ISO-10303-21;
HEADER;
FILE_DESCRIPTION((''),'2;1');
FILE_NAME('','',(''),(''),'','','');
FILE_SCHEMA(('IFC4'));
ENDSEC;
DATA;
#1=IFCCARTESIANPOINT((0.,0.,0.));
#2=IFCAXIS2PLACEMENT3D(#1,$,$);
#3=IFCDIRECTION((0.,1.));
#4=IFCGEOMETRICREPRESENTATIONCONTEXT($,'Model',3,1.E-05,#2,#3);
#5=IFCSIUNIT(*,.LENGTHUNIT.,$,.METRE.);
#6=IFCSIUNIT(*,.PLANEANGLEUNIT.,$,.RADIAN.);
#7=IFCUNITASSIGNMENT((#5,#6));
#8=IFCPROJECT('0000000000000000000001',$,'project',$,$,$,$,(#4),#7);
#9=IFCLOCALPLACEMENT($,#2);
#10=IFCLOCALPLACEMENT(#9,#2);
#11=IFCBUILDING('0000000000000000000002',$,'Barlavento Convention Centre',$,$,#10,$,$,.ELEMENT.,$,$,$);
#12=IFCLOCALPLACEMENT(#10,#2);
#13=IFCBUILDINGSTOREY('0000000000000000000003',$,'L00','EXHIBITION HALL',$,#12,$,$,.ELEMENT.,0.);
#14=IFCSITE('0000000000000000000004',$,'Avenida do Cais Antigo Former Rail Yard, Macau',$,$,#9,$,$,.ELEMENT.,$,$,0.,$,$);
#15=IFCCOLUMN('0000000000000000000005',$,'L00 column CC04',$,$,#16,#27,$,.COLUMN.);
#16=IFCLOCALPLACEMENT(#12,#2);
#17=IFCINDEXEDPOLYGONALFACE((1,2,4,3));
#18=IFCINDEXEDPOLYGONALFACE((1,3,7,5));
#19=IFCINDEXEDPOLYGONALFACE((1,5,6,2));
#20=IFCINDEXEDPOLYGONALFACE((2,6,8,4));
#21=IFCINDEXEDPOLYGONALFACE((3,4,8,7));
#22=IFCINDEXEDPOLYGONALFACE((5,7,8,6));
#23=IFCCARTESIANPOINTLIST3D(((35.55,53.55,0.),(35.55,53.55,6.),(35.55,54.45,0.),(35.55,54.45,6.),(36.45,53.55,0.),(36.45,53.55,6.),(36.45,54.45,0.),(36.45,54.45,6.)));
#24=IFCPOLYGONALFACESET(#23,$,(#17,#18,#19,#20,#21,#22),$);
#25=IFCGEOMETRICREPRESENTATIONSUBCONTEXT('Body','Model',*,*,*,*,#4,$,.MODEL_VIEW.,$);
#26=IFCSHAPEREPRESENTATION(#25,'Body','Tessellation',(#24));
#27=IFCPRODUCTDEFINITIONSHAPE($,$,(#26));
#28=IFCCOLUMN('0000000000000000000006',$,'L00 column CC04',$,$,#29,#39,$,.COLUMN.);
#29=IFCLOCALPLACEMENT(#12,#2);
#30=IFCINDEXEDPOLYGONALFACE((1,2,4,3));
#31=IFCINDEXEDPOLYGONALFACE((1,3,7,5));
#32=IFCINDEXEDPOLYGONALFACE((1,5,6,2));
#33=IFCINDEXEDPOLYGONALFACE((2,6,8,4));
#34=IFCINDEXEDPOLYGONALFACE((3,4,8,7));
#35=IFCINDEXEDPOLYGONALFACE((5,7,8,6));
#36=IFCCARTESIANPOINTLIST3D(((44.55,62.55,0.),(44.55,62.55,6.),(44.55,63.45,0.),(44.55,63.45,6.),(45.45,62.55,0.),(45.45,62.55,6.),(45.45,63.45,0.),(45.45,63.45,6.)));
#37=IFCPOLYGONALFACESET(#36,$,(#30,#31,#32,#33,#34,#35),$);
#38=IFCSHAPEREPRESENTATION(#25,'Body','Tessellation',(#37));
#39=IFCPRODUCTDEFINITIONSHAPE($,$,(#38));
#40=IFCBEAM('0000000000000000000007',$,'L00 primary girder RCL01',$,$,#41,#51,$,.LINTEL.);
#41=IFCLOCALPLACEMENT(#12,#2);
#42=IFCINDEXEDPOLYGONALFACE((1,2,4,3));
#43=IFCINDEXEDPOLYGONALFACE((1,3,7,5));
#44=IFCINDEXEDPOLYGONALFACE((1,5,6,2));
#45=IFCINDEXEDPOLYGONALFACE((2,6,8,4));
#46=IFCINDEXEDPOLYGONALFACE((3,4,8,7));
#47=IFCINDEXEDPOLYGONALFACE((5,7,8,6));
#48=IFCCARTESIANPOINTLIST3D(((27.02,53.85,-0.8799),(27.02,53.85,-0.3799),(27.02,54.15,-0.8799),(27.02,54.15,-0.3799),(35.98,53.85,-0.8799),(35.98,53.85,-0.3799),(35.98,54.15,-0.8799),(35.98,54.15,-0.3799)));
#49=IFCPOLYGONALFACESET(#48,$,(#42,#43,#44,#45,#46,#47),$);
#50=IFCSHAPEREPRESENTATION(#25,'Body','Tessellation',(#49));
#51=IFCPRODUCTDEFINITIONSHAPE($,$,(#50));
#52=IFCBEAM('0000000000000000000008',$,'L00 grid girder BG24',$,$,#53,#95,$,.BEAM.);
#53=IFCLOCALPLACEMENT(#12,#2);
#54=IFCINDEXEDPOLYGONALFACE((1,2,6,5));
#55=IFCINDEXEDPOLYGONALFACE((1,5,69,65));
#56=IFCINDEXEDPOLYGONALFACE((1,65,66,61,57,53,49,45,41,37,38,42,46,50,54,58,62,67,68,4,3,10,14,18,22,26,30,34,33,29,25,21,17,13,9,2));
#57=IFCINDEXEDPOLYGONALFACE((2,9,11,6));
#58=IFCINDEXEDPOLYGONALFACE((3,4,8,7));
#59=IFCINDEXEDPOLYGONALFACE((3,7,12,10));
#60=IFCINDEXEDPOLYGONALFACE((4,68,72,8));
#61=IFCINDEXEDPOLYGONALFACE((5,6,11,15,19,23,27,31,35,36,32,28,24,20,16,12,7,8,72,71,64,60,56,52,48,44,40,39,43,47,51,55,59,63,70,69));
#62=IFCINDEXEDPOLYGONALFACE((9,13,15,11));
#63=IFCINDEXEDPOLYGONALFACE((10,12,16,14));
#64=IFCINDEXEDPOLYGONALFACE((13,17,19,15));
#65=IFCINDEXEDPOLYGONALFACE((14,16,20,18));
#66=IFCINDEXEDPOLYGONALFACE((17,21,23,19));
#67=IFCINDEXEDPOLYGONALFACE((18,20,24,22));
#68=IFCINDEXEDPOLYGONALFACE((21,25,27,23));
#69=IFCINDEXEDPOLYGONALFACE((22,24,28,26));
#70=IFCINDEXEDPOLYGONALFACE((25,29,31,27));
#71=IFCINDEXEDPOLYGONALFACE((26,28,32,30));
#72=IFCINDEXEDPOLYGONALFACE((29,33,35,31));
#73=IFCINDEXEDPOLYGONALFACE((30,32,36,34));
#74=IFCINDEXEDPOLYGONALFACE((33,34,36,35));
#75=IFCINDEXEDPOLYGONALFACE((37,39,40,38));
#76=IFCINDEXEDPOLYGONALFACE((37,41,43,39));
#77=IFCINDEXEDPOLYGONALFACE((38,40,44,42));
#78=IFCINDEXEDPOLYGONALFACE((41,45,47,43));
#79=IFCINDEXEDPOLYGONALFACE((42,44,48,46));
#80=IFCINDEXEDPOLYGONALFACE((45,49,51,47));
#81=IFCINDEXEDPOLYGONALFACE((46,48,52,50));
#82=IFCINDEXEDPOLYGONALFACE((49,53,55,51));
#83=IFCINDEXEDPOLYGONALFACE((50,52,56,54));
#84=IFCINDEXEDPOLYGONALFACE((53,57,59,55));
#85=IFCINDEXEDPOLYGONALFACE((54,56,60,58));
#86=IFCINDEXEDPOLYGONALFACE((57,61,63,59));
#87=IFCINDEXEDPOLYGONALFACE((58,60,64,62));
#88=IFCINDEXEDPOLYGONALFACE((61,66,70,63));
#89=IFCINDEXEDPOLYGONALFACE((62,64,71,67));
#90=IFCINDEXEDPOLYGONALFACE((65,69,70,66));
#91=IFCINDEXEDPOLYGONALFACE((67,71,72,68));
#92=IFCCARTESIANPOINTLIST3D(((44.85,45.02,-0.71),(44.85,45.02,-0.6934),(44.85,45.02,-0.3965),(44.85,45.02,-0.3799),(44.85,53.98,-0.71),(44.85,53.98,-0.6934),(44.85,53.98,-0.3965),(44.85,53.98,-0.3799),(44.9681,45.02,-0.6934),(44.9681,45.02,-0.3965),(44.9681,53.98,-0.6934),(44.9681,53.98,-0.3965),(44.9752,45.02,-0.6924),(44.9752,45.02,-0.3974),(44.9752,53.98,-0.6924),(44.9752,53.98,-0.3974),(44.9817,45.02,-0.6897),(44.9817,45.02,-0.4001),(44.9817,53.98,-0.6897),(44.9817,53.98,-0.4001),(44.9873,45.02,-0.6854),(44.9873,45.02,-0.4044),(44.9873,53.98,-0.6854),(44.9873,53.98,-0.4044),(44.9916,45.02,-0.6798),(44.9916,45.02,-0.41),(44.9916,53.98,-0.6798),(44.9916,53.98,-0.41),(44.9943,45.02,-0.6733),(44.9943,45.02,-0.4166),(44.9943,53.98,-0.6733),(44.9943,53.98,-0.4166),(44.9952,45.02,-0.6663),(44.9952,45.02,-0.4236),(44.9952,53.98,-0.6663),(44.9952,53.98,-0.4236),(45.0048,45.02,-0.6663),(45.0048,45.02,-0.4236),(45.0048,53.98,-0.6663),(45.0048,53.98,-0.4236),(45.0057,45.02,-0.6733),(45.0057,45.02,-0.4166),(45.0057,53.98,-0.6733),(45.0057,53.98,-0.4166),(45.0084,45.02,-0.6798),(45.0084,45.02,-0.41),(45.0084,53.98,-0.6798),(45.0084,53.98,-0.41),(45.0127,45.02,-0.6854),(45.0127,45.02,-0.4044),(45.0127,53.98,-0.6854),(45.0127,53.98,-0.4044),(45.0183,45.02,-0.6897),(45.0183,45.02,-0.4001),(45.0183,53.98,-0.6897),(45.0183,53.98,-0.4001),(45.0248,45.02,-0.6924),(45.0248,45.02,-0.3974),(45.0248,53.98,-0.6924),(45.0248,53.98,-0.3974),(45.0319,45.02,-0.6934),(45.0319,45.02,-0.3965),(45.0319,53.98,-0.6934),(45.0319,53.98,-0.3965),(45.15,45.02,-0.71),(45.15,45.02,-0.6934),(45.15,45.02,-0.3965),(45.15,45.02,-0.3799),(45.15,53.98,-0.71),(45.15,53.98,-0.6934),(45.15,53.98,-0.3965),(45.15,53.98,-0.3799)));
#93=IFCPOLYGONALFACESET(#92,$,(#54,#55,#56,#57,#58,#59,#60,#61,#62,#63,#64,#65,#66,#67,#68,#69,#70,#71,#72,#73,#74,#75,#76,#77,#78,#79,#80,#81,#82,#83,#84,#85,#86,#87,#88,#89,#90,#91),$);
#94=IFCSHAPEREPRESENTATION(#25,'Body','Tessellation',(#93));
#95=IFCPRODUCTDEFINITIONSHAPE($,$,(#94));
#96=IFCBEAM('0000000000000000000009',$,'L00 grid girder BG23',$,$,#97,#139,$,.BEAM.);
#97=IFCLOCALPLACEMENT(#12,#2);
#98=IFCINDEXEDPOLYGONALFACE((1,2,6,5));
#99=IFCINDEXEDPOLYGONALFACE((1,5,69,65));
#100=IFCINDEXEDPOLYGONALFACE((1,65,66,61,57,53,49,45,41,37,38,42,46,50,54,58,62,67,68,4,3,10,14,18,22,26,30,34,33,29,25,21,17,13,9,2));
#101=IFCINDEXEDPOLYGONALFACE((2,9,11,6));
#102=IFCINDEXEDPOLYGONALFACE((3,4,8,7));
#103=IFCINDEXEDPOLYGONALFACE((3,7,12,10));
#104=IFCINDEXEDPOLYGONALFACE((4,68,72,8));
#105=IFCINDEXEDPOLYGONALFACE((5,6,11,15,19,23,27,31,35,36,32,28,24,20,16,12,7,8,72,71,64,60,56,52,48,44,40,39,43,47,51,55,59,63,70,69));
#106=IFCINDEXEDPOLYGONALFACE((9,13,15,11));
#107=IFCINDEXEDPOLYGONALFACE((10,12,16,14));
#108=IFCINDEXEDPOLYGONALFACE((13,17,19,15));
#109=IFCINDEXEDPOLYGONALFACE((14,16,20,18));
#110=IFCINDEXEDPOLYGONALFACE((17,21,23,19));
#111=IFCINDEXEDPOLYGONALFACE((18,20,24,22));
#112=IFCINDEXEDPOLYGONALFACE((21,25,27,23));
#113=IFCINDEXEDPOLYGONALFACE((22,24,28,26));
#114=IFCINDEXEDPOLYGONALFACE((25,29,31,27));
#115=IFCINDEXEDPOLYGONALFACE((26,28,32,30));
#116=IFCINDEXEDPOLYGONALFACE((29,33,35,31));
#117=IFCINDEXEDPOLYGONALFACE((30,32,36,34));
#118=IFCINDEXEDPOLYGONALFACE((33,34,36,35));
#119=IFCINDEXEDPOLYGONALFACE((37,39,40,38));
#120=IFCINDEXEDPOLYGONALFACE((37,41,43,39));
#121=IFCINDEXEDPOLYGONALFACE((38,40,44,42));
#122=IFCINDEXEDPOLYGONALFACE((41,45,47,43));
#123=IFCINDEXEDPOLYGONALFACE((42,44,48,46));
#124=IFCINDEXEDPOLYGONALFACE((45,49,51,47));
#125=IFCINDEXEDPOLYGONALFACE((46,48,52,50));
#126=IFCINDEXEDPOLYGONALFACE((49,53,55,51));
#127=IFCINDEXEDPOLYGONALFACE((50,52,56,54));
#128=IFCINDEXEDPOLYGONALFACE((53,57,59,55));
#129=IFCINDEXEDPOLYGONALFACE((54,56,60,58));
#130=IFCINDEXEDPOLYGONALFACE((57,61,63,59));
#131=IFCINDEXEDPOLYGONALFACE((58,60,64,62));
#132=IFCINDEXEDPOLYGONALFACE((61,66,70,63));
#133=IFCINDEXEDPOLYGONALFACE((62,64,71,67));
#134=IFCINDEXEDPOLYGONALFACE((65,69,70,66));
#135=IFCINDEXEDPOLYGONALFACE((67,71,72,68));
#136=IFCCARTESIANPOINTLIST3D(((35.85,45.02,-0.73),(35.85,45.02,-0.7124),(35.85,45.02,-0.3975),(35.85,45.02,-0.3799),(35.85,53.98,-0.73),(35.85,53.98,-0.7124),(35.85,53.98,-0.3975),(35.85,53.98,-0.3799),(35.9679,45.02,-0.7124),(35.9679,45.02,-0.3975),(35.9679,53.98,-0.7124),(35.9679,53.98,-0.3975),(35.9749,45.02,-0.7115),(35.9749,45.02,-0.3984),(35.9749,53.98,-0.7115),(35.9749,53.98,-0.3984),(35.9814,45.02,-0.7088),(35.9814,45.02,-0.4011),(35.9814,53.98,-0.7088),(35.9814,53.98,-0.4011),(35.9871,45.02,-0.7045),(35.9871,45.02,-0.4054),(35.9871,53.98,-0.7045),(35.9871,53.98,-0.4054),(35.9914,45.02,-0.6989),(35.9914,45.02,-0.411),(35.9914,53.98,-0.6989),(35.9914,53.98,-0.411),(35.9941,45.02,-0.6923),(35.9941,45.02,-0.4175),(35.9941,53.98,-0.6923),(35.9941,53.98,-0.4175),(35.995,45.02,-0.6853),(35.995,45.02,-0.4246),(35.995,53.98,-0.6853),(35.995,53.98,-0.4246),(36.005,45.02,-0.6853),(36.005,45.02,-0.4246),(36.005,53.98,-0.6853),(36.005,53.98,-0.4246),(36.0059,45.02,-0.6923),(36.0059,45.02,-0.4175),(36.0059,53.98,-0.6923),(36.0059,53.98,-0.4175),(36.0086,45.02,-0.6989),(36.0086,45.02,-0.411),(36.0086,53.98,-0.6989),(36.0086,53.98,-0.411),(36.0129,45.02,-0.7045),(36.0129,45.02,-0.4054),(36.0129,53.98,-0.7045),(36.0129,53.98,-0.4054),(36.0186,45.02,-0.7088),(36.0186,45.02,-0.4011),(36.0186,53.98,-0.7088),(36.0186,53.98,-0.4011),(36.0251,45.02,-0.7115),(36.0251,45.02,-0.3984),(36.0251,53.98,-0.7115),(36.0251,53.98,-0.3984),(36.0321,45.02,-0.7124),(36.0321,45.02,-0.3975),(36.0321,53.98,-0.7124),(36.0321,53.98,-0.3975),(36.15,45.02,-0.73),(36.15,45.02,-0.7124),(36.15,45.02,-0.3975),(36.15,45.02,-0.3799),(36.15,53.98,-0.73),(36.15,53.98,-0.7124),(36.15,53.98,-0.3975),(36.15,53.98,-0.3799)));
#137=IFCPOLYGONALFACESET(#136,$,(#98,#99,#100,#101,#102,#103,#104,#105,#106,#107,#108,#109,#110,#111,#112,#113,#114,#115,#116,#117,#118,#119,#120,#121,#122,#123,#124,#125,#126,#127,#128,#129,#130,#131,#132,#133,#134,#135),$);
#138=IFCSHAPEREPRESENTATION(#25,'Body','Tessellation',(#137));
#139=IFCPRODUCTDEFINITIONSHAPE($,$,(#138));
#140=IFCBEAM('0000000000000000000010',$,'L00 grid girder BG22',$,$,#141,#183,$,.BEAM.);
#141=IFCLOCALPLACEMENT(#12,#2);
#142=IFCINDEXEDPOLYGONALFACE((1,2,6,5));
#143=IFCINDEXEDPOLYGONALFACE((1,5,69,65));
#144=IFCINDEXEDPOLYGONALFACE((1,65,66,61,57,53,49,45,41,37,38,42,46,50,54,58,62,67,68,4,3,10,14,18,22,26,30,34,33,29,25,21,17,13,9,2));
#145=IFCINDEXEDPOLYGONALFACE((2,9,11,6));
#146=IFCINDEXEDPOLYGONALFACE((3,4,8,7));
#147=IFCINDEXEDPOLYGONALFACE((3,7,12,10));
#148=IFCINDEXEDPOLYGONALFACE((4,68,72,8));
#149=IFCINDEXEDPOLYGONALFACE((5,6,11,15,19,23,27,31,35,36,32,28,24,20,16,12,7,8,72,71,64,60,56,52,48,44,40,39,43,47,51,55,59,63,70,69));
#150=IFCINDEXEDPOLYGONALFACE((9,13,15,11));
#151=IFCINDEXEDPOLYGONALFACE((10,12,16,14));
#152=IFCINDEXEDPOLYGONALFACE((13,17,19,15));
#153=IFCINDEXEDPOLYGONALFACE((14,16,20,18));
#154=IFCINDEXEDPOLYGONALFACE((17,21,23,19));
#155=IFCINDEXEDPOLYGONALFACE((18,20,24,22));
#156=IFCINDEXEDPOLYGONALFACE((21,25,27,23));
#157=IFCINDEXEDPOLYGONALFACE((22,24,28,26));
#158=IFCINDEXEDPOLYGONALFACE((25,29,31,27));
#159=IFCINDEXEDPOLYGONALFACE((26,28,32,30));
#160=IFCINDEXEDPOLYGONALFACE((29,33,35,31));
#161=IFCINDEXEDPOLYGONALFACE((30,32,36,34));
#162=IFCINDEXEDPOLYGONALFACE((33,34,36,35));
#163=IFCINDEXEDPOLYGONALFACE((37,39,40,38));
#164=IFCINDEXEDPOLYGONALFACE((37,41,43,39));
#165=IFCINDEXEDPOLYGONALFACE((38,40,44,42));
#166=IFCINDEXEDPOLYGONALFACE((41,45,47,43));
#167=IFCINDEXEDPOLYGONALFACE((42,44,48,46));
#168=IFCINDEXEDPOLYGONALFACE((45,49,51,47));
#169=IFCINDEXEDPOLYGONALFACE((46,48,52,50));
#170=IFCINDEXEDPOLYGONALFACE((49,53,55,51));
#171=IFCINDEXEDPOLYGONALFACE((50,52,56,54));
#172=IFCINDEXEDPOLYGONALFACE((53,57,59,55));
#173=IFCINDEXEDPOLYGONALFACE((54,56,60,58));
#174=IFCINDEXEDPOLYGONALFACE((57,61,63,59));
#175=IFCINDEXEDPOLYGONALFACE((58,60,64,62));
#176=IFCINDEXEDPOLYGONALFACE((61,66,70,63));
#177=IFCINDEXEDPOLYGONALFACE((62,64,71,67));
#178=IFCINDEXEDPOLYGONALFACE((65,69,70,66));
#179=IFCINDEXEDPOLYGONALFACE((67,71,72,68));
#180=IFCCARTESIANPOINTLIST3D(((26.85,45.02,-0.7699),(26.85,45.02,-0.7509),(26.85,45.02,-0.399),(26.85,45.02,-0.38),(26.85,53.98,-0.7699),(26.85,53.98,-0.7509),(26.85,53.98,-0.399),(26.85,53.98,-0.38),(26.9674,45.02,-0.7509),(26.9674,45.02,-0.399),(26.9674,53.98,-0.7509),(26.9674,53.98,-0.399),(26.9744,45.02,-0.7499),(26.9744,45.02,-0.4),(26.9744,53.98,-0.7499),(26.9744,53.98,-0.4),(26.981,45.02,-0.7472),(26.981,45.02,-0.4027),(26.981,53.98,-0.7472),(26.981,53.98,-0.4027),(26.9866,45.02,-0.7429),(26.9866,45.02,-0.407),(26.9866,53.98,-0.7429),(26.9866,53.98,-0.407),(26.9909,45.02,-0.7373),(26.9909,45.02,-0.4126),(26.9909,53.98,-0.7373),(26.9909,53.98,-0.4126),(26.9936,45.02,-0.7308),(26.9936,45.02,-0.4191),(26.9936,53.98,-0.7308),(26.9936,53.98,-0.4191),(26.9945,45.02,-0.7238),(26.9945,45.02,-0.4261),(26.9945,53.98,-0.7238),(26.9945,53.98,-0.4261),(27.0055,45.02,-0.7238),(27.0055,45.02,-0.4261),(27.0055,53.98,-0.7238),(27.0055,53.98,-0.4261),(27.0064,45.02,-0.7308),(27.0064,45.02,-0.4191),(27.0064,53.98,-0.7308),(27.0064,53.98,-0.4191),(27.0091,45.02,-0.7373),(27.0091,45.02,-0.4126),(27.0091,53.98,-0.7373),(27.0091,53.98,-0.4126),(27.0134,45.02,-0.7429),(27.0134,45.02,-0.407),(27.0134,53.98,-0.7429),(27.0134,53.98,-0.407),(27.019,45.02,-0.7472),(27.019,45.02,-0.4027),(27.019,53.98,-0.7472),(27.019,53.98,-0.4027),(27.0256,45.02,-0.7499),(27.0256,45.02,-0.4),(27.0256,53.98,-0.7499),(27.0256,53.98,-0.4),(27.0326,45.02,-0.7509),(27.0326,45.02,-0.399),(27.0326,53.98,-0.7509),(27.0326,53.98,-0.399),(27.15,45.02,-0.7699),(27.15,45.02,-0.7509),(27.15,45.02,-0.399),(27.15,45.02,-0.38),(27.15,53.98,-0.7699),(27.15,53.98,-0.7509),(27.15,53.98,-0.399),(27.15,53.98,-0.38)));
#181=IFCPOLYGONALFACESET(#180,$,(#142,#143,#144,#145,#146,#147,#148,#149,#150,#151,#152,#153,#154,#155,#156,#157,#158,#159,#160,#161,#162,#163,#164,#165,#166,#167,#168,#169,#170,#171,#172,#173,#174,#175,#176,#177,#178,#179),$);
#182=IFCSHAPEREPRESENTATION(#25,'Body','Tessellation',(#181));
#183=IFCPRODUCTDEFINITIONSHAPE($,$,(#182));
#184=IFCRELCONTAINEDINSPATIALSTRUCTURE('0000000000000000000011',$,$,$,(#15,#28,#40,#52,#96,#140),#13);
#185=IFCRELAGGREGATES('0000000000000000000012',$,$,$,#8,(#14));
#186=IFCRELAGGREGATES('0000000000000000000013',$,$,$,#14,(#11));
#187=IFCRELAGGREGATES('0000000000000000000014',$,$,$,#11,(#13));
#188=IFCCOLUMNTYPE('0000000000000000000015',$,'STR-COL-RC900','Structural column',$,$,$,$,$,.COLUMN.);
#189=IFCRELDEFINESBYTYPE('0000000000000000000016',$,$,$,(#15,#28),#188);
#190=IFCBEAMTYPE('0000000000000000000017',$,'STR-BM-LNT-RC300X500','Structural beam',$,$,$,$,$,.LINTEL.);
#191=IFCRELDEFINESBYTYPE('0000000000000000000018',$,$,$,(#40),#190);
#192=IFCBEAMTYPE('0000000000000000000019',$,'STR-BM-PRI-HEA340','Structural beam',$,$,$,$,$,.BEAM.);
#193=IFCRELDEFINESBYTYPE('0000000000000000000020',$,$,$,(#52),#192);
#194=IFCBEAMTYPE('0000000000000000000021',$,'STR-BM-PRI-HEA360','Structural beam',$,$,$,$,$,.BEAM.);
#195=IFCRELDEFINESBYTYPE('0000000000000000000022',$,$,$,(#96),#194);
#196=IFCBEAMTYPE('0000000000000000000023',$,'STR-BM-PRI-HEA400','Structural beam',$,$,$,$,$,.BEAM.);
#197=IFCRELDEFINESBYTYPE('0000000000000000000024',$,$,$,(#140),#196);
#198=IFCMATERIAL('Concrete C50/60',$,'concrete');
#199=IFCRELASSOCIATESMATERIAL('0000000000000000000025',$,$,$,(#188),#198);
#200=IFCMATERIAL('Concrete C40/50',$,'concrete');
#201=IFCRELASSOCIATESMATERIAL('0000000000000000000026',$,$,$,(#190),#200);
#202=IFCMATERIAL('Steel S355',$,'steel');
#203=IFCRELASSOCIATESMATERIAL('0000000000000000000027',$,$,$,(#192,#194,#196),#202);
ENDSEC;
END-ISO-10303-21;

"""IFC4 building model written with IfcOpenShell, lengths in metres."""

from ifc_helpers import new_model, si_unit, direction, frame, origin, origin_2d, place, context, subcontext, project, spatial, rectangle, i_section, extrude, material, material_profile, profile_set, type_object, element, save


model = new_model("IFC4")

# Units and contexts
model_context = context("Model", 3, precision=1e-05, world=origin(), true_north=direction((0.0, 1.0)))
body_context = subcontext(model_context, "Body", "Model", "MODEL_VIEW")
ifc_project = project(units=[si_unit("LENGTHUNIT", "METRE"), si_unit("PLANEANGLEUNIT", "RADIAN")], contexts=[model_context])

# Site, building, storey
site_placement = place(None, origin())
site = spatial("IfcSite", under=ifc_project, at=site_placement, Name="Avenida do Cais Antigo Former Rail Yard, Macau", CompositionType="ELEMENT", RefElevation=0.0)
building_placement = place(site_placement, origin())
building = spatial("IfcBuilding", under=site, at=building_placement, Name="Barlavento Convention Centre", CompositionType="ELEMENT")
storey_placement = place(building_placement, origin())
storey = spatial("IfcBuildingStorey", under=building, at=storey_placement, Name="L00", Description="EXHIBITION HALL", CompositionType="ELEMENT", Elevation=0.0)

# Columns
ifc_material_1 = material(Name="Concrete C50/60", Category="concrete")
ifc_material_profile_1 = material_profile(ifc_material_1, rectangle(XDim=0.8999, YDim=0.8999, at=origin_2d()), Name="RC 900x900")
ifc_profile_set_1 = profile_set([ifc_material_profile_1], Name="Concrete C50/60")
column_type_1 = type_object("IfcColumnType", Name="STR-COL-RC900", Description="Structural column", PredefinedType="COLUMN", material=ifc_profile_set_1)
for number, where, z_axis, x_axis, name in (
    (1, (36.0, 54.0, 0.0), (0.0, 0.0, 1.0), (1.0, 0.0, 0.0), "L00 column CC04"),
    (2, (45.0, 63.0, 0.0), (0.0, 0.0, 1.0), (1.0, 0.0, 0.0), "L00 column CC04"),
):
    element("IfcColumn", number, at=place(storey_placement, frame(where, z_axis=z_axis, x_axis=x_axis)), inside=storey, type_object=column_type_1, Name=name, PredefinedType="COLUMN", context=body_context, shape_type="SweptSolid", body=[
        extrude(rectangle(XDim=0.8999, YDim=0.8999, at=origin_2d()), origin(), (0.0, 0.0, 1.0), 6.0),
    ])

# Beams
ifc_material_2 = material(Name="Concrete C40/50", Category="concrete")
ifc_material_profile_2 = material_profile(ifc_material_2, rectangle(XDim=0.3, YDim=0.5, at=origin_2d()), Name="RC 300x500")
ifc_profile_set_2 = profile_set([ifc_material_profile_2], Name="Concrete C40/50")
beam_type_1 = type_object("IfcBeamType", Name="STR-BM-LNT-RC300X500", Description="Structural beam", PredefinedType="LINTEL", material=ifc_profile_set_2)
beam_1_placement = place(storey_placement, frame((27.02, 54.0, -0.6299), z_axis=(1.0, 0.0, 0.0), x_axis=(0.0, 1.0, 0.0)))
element("IfcBeam", 3, at=beam_1_placement, inside=storey, type_object=beam_type_1, Name="L00 primary girder RCL01", PredefinedType="LINTEL", context=body_context, shape_type="SweptSolid", body=[
    extrude(rectangle(XDim=0.3, YDim=0.5, at=origin_2d()), origin(), (0.0, 0.0, 1.0), 8.96),
])
ifc_material_3 = material(Name="Steel S355", Category="steel")
ifc_material_profile_3 = material_profile(ifc_material_3, i_section(OverallWidth=0.3, OverallDepth=0.3301, WebThickness=0.0095, FlangeThickness=0.0166, FilletRadius=0.0271, at=origin_2d()), Name="HEA 340")
ifc_profile_set_3 = profile_set([ifc_material_profile_3], Name="Steel S355")
beam_type_2 = type_object("IfcBeamType", Name="STR-BM-PRI-HEA340", Description="Structural beam", PredefinedType="BEAM", material=ifc_profile_set_3)
beam_2_placement = place(storey_placement, frame((45.0, 45.02, -0.5449), z_axis=(0.0, 1.0, 0.0), x_axis=(-1.0, 0.0, 0.0)))
element("IfcBeam", 4, at=beam_2_placement, inside=storey, type_object=beam_type_2, Name="L00 grid girder BG24", PredefinedType="BEAM", context=body_context, shape_type="SweptSolid", body=[
    extrude(i_section(OverallWidth=0.3, OverallDepth=0.3301, WebThickness=0.0095, FlangeThickness=0.0166, FilletRadius=0.0271, at=origin_2d()), origin(), (0.0, 0.0, 1.0), 8.96),
])
ifc_material_profile_4 = material_profile(ifc_material_3, i_section(OverallWidth=0.3, OverallDepth=0.3501, WebThickness=0.01, FlangeThickness=0.0176, FilletRadius=0.0271, at=origin_2d()), Name="HEA 360")
ifc_profile_set_4 = profile_set([ifc_material_profile_4], Name="Steel S355")
beam_type_3 = type_object("IfcBeamType", Name="STR-BM-PRI-HEA360", Description="Structural beam", PredefinedType="BEAM", material=ifc_profile_set_4)
beam_3_placement = place(storey_placement, frame((36.0, 45.02, -0.5549), z_axis=(0.0, 1.0, 0.0), x_axis=(-1.0, 0.0, 0.0)))
element("IfcBeam", 5, at=beam_3_placement, inside=storey, type_object=beam_type_3, Name="L00 grid girder BG23", PredefinedType="BEAM", context=body_context, shape_type="SweptSolid", body=[
    extrude(i_section(OverallWidth=0.3, OverallDepth=0.3501, WebThickness=0.01, FlangeThickness=0.0176, FilletRadius=0.0271, at=origin_2d()), origin(), (0.0, 0.0, 1.0), 8.96),
])
ifc_material_profile_5 = material_profile(ifc_material_3, i_section(OverallWidth=0.3, OverallDepth=0.3899, WebThickness=0.011, FlangeThickness=0.019, FilletRadius=0.0271, at=origin_2d()), Name="HEA 400")
ifc_profile_set_5 = profile_set([ifc_material_profile_5], Name="Steel S355")
beam_type_4 = type_object("IfcBeamType", Name="STR-BM-PRI-HEA400", Description="Structural beam", PredefinedType="BEAM", material=ifc_profile_set_5)
for number, where, z_axis, x_axis, name in (
    (6, (27.0, 45.02, -0.575), (0.0, 1.0, 0.0), (-1.0, 0.0, 0.0), "L00 grid girder BG22"),
):
    element("IfcBeam", number, at=place(storey_placement, frame(where, z_axis=z_axis, x_axis=x_axis)), inside=storey, type_object=beam_type_4, Name=name, PredefinedType="BEAM", context=body_context, shape_type="SweptSolid", body=[
        extrude(i_section(OverallWidth=0.3, OverallDepth=0.3899, WebThickness=0.011, FlangeThickness=0.019, FilletRadius=0.0271, at=origin_2d()), origin(), (0.0, 0.0, 1.0), 8.96),
    ])

save(model, "model.ifc")
